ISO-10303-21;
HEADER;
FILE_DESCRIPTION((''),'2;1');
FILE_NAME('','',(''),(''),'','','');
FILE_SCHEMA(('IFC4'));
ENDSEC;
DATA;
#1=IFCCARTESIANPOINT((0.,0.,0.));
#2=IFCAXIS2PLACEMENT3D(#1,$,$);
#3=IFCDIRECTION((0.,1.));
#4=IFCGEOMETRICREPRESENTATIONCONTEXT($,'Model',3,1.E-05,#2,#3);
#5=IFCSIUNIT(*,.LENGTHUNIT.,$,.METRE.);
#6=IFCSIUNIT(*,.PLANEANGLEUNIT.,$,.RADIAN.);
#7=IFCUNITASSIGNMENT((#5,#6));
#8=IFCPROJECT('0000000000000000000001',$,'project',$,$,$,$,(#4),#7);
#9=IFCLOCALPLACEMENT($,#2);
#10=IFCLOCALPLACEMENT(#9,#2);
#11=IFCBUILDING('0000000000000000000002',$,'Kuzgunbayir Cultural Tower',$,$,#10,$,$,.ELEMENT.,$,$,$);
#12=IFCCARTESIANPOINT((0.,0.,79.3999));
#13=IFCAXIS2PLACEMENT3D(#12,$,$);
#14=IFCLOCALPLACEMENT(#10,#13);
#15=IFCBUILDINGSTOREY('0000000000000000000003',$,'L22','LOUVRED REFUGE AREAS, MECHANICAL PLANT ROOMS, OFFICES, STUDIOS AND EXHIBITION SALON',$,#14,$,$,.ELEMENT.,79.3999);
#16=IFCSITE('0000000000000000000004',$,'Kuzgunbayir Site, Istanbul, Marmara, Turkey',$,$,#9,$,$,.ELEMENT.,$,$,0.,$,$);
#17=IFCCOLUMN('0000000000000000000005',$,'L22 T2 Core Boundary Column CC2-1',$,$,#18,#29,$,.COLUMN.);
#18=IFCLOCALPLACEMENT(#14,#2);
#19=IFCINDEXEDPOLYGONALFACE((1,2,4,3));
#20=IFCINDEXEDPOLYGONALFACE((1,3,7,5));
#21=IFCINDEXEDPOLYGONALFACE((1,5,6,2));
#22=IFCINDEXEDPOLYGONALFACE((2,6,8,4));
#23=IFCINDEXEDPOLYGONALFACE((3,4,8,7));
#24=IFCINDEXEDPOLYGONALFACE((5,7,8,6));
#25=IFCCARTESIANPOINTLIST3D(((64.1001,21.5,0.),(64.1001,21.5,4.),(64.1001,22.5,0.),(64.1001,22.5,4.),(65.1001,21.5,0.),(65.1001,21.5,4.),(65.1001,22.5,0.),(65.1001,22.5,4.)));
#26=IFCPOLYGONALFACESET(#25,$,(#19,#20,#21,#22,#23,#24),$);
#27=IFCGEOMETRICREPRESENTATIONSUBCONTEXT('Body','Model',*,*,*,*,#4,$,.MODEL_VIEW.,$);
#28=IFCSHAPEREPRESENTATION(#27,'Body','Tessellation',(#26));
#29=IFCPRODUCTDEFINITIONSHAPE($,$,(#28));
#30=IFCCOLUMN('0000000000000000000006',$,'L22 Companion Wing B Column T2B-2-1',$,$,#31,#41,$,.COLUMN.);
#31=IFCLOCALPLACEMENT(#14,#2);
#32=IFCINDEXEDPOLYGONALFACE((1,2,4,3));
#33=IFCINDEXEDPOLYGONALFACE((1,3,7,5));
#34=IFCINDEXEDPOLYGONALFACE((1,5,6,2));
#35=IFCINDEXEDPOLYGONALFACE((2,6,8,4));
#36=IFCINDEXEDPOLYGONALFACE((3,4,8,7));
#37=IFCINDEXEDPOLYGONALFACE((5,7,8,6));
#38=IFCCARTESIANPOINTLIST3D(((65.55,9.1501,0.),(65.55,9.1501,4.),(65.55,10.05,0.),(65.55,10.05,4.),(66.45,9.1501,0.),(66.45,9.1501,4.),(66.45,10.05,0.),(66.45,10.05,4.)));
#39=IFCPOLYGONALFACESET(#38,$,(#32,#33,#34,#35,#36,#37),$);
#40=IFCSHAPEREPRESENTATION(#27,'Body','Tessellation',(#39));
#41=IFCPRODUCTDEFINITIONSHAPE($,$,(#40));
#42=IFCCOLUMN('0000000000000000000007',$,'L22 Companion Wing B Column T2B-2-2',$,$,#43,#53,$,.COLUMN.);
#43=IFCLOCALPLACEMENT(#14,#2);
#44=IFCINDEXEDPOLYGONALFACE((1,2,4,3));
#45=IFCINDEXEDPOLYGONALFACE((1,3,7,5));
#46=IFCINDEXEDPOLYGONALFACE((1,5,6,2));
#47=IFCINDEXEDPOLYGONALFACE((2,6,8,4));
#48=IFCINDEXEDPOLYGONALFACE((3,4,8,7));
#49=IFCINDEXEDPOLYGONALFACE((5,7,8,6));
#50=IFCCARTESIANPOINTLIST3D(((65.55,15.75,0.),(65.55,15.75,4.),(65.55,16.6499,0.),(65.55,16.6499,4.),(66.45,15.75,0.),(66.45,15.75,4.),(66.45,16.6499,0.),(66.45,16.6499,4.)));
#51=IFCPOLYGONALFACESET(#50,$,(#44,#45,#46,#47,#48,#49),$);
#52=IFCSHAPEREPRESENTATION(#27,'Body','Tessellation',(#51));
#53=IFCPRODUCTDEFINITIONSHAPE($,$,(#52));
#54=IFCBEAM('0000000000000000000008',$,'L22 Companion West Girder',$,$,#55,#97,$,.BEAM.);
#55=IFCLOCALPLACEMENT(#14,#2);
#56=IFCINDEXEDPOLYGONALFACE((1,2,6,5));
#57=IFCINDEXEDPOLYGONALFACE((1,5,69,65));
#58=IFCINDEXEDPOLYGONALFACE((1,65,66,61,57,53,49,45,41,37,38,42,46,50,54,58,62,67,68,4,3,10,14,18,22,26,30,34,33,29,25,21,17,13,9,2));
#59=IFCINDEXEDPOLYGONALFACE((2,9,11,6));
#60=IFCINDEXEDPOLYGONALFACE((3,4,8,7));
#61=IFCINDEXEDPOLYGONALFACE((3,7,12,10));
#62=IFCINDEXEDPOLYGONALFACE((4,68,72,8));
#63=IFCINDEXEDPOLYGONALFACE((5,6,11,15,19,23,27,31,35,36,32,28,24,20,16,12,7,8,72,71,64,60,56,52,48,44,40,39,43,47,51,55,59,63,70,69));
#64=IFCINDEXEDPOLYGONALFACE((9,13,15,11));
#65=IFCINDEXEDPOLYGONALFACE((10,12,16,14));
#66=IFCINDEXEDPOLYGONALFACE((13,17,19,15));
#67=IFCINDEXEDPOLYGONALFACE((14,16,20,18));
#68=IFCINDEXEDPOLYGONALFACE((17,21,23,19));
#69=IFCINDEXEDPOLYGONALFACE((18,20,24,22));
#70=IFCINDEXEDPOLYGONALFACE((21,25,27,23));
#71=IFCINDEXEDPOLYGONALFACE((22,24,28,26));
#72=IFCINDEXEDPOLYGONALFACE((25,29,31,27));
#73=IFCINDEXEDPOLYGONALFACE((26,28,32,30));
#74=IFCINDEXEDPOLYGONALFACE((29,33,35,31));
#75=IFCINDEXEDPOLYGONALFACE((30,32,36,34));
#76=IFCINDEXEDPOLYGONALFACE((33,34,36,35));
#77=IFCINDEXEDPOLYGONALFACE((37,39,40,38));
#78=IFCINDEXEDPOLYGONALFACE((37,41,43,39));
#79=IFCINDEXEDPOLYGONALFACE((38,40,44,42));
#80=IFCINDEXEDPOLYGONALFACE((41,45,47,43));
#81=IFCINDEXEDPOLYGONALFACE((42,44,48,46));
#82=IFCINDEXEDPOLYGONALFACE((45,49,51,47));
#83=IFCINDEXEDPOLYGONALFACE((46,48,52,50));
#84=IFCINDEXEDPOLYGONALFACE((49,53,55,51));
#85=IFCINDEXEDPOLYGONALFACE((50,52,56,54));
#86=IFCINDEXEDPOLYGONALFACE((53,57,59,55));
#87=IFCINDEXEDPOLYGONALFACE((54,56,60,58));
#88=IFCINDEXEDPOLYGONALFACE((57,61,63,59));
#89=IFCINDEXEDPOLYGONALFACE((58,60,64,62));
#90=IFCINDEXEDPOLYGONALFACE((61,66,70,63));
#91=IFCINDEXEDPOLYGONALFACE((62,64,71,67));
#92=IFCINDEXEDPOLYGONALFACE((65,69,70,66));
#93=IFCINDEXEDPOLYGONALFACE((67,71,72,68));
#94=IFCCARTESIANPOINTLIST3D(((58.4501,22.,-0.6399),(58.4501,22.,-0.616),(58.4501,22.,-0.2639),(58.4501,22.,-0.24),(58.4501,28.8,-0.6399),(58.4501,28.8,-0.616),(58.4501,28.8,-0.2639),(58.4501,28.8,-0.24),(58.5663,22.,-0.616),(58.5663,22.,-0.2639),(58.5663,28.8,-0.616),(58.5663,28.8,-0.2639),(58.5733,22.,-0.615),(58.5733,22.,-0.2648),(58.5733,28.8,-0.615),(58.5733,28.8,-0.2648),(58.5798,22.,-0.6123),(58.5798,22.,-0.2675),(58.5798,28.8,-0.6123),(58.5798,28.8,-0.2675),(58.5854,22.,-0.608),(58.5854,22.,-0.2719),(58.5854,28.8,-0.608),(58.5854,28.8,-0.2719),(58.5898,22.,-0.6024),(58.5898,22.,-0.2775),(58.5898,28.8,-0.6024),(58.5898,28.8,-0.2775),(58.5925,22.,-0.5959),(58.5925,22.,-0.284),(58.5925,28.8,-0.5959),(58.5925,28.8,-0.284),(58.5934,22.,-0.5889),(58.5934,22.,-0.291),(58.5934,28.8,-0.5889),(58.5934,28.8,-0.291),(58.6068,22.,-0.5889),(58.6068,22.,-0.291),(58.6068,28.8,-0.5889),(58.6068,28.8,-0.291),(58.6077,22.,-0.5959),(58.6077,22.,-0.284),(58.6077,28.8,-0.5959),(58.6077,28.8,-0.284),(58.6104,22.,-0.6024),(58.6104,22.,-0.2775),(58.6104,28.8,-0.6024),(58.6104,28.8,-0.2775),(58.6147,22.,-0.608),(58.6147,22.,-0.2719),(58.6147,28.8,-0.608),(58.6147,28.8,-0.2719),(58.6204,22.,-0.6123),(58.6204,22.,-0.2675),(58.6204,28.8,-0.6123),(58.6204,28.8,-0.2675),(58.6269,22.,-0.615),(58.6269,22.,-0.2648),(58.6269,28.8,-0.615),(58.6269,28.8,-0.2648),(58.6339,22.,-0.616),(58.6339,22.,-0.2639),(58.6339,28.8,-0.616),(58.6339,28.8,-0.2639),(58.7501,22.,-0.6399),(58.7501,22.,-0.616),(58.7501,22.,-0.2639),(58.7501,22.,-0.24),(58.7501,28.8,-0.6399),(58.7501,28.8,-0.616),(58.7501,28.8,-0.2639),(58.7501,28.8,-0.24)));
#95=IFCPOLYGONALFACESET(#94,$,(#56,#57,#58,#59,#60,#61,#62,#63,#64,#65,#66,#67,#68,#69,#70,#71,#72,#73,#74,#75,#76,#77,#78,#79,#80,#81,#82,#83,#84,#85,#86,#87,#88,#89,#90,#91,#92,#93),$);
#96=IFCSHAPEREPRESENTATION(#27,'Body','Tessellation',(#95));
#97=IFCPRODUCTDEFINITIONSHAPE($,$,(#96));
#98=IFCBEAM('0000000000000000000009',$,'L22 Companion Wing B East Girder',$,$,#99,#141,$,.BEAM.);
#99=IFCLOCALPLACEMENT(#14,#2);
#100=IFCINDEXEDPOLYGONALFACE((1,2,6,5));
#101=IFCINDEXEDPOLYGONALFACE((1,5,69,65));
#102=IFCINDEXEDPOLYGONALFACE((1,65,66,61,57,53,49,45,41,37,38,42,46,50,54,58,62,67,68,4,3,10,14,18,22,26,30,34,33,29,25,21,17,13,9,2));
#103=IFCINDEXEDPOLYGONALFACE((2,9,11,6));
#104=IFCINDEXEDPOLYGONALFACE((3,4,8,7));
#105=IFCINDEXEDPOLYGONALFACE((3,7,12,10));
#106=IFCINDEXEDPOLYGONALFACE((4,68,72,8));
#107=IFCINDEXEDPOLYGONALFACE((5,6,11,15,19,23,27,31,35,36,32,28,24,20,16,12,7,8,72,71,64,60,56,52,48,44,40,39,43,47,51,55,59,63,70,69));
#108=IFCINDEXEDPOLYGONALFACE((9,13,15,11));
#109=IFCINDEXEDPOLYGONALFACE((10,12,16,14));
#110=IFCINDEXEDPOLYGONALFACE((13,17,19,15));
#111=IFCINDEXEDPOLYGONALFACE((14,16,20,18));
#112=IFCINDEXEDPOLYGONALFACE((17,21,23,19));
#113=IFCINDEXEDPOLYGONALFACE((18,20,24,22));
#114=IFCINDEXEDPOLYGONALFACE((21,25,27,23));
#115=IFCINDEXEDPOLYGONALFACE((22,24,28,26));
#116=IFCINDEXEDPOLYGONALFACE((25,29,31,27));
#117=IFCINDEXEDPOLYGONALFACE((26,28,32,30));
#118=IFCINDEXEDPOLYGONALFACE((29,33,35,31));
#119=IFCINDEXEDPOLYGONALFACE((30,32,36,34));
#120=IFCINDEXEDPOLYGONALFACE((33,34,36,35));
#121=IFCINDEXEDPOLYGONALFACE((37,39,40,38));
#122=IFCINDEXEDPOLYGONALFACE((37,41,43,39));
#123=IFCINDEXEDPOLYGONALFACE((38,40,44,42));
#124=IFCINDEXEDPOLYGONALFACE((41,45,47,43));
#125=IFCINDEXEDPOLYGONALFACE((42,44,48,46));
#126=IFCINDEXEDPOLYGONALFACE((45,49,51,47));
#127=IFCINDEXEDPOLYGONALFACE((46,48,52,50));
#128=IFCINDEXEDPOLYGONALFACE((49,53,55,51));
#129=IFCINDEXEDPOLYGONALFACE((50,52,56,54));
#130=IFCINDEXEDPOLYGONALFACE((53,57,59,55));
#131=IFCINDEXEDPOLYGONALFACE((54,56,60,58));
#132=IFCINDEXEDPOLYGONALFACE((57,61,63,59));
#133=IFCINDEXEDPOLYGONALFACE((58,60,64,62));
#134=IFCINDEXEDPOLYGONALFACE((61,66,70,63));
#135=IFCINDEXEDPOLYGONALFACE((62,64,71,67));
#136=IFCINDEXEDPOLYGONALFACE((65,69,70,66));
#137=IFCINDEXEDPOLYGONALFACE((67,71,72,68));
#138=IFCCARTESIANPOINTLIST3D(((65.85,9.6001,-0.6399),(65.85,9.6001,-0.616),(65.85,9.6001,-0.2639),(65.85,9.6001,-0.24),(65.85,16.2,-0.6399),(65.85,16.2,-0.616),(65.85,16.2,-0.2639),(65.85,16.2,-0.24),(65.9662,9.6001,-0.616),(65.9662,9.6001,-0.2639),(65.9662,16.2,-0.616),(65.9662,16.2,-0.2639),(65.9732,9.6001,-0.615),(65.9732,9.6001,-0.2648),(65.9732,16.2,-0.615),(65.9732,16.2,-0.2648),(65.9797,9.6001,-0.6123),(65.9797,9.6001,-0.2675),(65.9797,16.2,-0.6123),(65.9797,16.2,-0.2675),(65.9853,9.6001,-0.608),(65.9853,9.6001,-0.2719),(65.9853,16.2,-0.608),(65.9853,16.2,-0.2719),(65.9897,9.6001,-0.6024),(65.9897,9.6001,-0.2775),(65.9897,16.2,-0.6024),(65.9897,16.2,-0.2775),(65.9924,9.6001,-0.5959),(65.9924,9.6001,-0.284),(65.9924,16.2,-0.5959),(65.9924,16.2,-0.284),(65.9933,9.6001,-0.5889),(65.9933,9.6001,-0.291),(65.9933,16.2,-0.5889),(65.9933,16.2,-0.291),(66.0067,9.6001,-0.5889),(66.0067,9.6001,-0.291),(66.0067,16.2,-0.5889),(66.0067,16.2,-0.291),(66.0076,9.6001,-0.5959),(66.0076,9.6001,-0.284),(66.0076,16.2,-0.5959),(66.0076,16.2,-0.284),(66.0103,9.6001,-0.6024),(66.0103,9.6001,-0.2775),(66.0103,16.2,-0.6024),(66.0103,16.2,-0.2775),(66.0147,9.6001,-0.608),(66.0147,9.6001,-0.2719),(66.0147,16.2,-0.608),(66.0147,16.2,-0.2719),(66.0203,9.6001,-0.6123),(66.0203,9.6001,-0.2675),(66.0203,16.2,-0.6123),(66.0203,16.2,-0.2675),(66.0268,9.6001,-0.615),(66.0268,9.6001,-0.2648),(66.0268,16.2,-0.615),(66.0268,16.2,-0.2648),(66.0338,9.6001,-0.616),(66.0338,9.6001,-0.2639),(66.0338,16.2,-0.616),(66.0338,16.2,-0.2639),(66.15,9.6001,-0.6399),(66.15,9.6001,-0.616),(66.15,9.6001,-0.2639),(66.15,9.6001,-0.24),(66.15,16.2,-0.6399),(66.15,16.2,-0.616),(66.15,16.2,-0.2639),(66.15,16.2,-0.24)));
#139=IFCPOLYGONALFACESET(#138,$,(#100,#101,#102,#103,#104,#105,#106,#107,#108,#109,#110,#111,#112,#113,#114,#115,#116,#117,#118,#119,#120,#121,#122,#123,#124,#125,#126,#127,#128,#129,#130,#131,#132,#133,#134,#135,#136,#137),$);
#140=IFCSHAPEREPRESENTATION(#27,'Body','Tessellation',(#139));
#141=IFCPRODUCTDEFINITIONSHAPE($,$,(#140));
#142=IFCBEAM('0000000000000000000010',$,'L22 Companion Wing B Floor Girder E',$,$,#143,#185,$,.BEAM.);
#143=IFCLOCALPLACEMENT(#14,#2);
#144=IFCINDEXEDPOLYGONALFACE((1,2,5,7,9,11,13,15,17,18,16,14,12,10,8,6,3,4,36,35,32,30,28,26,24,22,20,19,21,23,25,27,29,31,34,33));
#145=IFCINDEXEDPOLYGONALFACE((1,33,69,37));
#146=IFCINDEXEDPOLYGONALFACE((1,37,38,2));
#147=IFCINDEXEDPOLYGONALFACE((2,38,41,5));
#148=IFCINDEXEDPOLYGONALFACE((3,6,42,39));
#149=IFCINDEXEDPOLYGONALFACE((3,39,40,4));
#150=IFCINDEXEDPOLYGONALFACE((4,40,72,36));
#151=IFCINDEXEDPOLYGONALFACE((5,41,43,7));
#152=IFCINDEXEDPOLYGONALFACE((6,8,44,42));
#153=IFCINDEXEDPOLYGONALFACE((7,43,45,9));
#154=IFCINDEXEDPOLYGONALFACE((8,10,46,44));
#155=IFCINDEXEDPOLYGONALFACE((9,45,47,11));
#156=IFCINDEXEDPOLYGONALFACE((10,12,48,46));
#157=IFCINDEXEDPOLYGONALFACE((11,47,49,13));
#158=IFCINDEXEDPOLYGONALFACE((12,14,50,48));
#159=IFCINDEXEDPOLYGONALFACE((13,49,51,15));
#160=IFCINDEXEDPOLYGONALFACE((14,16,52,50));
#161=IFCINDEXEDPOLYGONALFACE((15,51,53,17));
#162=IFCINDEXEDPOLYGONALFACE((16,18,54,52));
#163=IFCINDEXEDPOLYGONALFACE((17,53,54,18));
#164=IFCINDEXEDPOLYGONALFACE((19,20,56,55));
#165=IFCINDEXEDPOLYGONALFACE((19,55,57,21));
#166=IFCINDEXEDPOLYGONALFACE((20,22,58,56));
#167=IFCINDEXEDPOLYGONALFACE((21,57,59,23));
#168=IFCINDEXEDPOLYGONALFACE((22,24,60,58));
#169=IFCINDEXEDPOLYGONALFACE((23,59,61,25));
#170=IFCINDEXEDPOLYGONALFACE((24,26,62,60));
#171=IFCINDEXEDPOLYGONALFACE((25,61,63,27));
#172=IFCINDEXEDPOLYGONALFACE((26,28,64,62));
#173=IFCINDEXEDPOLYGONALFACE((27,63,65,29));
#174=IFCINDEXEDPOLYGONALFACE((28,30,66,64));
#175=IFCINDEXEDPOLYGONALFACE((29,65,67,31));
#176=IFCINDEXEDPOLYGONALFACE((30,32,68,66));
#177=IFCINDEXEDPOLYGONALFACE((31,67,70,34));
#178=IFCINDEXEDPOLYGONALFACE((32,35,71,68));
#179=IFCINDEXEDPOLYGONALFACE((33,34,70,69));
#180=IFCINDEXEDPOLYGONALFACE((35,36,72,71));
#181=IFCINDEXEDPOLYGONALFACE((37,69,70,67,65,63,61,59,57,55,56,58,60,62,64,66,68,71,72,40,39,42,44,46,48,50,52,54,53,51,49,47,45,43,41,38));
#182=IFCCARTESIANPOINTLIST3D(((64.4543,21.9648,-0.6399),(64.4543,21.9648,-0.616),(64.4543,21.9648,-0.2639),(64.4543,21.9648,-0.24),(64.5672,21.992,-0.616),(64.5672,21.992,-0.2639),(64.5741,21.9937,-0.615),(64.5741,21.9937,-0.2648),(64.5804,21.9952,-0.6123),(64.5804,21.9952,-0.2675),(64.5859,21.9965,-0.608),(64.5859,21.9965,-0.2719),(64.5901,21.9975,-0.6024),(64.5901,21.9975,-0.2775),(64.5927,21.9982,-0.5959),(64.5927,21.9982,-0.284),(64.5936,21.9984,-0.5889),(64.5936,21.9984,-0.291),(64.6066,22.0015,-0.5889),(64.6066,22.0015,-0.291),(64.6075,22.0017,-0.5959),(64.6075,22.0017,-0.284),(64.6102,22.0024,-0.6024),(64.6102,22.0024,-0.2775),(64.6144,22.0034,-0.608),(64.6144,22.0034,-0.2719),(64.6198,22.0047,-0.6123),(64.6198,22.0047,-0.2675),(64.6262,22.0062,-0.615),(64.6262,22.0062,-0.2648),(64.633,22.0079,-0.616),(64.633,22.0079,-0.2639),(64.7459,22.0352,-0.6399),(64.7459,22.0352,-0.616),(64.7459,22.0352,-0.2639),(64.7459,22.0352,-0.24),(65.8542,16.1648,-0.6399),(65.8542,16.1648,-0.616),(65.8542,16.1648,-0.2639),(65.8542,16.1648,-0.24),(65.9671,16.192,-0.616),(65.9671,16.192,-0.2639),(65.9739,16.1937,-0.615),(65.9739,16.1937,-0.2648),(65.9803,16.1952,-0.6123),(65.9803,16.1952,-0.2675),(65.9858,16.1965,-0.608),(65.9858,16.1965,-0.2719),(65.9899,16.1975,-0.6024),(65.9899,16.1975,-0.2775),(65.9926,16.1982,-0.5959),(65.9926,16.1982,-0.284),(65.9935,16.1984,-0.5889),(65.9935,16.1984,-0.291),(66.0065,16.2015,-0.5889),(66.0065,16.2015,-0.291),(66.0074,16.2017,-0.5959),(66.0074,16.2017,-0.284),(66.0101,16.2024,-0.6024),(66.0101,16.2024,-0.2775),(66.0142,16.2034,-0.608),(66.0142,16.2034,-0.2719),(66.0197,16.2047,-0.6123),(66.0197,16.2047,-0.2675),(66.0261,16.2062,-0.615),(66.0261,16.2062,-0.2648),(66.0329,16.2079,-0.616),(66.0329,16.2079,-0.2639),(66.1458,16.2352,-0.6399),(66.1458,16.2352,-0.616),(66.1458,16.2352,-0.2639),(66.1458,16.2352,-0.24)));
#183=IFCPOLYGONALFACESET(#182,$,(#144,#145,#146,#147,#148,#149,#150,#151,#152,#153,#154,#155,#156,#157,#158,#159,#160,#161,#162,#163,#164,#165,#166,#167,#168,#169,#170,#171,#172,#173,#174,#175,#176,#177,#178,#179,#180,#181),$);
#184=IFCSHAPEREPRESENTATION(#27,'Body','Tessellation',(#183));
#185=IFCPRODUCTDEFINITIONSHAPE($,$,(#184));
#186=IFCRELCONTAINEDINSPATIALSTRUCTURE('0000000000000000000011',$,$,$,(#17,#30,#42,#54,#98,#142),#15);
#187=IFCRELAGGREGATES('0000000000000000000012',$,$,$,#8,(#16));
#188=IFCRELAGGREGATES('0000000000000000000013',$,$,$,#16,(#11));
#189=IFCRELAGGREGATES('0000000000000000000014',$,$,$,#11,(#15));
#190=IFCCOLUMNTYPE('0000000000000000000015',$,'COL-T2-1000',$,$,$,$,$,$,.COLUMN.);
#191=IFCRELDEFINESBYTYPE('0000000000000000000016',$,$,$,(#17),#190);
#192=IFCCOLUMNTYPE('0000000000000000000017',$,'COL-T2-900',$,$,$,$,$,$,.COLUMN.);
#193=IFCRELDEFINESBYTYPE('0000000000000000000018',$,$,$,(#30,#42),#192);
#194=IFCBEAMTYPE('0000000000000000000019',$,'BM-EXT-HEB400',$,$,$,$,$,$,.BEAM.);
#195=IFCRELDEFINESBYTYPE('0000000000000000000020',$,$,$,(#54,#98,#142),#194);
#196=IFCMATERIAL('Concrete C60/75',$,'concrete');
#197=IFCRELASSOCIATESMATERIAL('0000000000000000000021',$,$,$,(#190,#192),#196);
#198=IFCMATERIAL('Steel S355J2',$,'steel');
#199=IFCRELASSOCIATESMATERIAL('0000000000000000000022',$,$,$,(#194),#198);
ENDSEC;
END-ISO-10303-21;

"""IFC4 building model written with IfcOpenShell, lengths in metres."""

from ifc_helpers import new_model, si_unit, direction, frame, origin, origin_2d, place, context, subcontext, project, spatial, rectangle, i_section, extrude, material, material_profile, profile_set, type_object, element, save


model = new_model("IFC4")

# Units and contexts
model_context = context("Model", 3, precision=1e-05, world=origin(), true_north=direction((0.0, 1.0)))
body_context = subcontext(model_context, "Body", "Model", "MODEL_VIEW")
ifc_project = project(units=[si_unit("LENGTHUNIT", "METRE"), si_unit("PLANEANGLEUNIT", "RADIAN")], contexts=[model_context])

# Site, building, storey
site_placement = place(None, origin())
site = spatial("IfcSite", under=ifc_project, at=site_placement, Name="Kuzgunbayir Site, Istanbul, Marmara, Turkey", CompositionType="ELEMENT", RefElevation=0.0)
building_placement = place(site_placement, origin())
building = spatial("IfcBuilding", under=site, at=building_placement, Name="Kuzgunbayir Cultural Tower", CompositionType="ELEMENT")
storey_placement = place(building_placement, frame((0.0, 0.0, 79.3999)))
storey = spatial("IfcBuildingStorey", under=building, at=storey_placement, Name="L22", Description="LOUVRED REFUGE AREAS, MECHANICAL PLANT ROOMS, OFFICES, STUDIOS AND EXHIBITION SALON", CompositionType="ELEMENT", Elevation=79.3999)

# Columns
ifc_material_1 = material(Name="Concrete C60/75", Category="concrete")
ifc_material_profile_1 = material_profile(ifc_material_1, rectangle(XDim=1.0, YDim=1.0, at=origin_2d()), Name="RC 1000x1000")
ifc_profile_set_1 = profile_set([ifc_material_profile_1], Name="Concrete C60/75")
column_type_1 = type_object("IfcColumnType", Name="COL-T2-1000", PredefinedType="COLUMN", material=ifc_profile_set_1)
column_placement = place(storey_placement, frame((64.6001, 22.0, 0.0), z_axis=(0.0, 0.0, 1.0), x_axis=(1.0, 0.0, 0.0)))
element("IfcColumn", 1, at=column_placement, inside=storey, type_object=column_type_1, Name="L22 T2 Core Boundary Column CC2-1", PredefinedType="COLUMN", context=body_context, shape_type="SweptSolid", body=[
    extrude(rectangle(XDim=1.0, YDim=1.0, at=origin_2d()), origin(), (0.0, 0.0, 1.0), 4.0),
])
ifc_material_profile_2 = material_profile(ifc_material_1, rectangle(XDim=0.8999, YDim=0.8999, at=origin_2d()), Name="RC 900x900")
ifc_profile_set_2 = profile_set([ifc_material_profile_2], Name="Concrete C60/75")
column_type_2 = type_object("IfcColumnType", Name="COL-T2-900", PredefinedType="COLUMN", material=ifc_profile_set_2)
for number, where, z_axis, x_axis, name in (
    (2, (66.0, 9.6001, 0.0), (0.0, 0.0, 1.0), (1.0, 0.0, 0.0), "L22 Companion Wing B Column T2B-2-1"),
    (3, (66.0, 16.2, 0.0), (0.0, 0.0, 1.0), (1.0, 0.0, 0.0), "L22 Companion Wing B Column T2B-2-2"),
):
    element("IfcColumn", number, at=place(storey_placement, frame(where, z_axis=z_axis, x_axis=x_axis)), inside=storey, type_object=column_type_2, Name=name, PredefinedType="COLUMN", context=body_context, shape_type="SweptSolid", body=[
        extrude(rectangle(XDim=0.8999, YDim=0.8999, at=origin_2d()), origin(), (0.0, 0.0, 1.0), 4.0),
    ])

# Beams
ifc_material_2 = material(Name="Steel S355J2", Category="steel")
ifc_material_profile_3 = material_profile(ifc_material_2, i_section(OverallWidth=0.3, OverallDepth=0.3999, WebThickness=0.0134, FlangeThickness=0.0239, FilletRadius=0.0271, at=origin_2d()), Name="HEB 400")
ifc_profile_set_3 = profile_set([ifc_material_profile_3], Name="Steel S355J2")
beam_type_1 = type_object("IfcBeamType", Name="BM-EXT-HEB400", PredefinedType="BEAM", material=ifc_profile_set_3)
beam_1_placement = place(storey_placement, frame((58.6001, 22.0, -0.4399), z_axis=(0.0, 1.0, 0.0), x_axis=(-1.0, 0.0, 0.0)))
element("IfcBeam", 4, at=beam_1_placement, inside=storey, type_object=beam_type_1, Name="L22 Companion West Girder", PredefinedType="BEAM", context=body_context, shape_type="SweptSolid", body=[
    extrude(i_section(OverallWidth=0.3, OverallDepth=0.3999, WebThickness=0.0134, FlangeThickness=0.0239, FilletRadius=0.0271, at=origin_2d()), origin(), (0.0, 0.0, 1.0), 6.8),
])
beam_2_placement = place(storey_placement, frame((66.0, 9.6001, -0.4399), z_axis=(0.0, 1.0, 0.0), x_axis=(-1.0, 0.0, 0.0)))
element("IfcBeam", 5, at=beam_2_placement, inside=storey, type_object=beam_type_1, Name="L22 Companion Wing B East Girder", PredefinedType="BEAM", context=body_context, shape_type="SweptSolid", body=[
    extrude(i_section(OverallWidth=0.3, OverallDepth=0.3999, WebThickness=0.0134, FlangeThickness=0.0239, FilletRadius=0.0271, at=origin_2d()), origin(), (0.0, 0.0, 1.0), 6.5999),
])
beam_3_placement = place(storey_placement, frame((66.0, 16.2, -0.4399), z_axis=(-0.234623, 0.972086, 0.0), x_axis=(-0.972086, -0.234623, 0.0)))
element("IfcBeam", 6, at=beam_3_placement, inside=storey, type_object=beam_type_1, Name="L22 Companion Wing B Floor Girder E", PredefinedType="BEAM", context=body_context, shape_type="SweptSolid", body=[
    extrude(i_section(OverallWidth=0.3, OverallDepth=0.3999, WebThickness=0.0134, FlangeThickness=0.0239, FilletRadius=0.0271, at=origin_2d()), origin(), (0.0, 0.0, 1.0), 5.9666),
])

save(model, "model.ifc")
